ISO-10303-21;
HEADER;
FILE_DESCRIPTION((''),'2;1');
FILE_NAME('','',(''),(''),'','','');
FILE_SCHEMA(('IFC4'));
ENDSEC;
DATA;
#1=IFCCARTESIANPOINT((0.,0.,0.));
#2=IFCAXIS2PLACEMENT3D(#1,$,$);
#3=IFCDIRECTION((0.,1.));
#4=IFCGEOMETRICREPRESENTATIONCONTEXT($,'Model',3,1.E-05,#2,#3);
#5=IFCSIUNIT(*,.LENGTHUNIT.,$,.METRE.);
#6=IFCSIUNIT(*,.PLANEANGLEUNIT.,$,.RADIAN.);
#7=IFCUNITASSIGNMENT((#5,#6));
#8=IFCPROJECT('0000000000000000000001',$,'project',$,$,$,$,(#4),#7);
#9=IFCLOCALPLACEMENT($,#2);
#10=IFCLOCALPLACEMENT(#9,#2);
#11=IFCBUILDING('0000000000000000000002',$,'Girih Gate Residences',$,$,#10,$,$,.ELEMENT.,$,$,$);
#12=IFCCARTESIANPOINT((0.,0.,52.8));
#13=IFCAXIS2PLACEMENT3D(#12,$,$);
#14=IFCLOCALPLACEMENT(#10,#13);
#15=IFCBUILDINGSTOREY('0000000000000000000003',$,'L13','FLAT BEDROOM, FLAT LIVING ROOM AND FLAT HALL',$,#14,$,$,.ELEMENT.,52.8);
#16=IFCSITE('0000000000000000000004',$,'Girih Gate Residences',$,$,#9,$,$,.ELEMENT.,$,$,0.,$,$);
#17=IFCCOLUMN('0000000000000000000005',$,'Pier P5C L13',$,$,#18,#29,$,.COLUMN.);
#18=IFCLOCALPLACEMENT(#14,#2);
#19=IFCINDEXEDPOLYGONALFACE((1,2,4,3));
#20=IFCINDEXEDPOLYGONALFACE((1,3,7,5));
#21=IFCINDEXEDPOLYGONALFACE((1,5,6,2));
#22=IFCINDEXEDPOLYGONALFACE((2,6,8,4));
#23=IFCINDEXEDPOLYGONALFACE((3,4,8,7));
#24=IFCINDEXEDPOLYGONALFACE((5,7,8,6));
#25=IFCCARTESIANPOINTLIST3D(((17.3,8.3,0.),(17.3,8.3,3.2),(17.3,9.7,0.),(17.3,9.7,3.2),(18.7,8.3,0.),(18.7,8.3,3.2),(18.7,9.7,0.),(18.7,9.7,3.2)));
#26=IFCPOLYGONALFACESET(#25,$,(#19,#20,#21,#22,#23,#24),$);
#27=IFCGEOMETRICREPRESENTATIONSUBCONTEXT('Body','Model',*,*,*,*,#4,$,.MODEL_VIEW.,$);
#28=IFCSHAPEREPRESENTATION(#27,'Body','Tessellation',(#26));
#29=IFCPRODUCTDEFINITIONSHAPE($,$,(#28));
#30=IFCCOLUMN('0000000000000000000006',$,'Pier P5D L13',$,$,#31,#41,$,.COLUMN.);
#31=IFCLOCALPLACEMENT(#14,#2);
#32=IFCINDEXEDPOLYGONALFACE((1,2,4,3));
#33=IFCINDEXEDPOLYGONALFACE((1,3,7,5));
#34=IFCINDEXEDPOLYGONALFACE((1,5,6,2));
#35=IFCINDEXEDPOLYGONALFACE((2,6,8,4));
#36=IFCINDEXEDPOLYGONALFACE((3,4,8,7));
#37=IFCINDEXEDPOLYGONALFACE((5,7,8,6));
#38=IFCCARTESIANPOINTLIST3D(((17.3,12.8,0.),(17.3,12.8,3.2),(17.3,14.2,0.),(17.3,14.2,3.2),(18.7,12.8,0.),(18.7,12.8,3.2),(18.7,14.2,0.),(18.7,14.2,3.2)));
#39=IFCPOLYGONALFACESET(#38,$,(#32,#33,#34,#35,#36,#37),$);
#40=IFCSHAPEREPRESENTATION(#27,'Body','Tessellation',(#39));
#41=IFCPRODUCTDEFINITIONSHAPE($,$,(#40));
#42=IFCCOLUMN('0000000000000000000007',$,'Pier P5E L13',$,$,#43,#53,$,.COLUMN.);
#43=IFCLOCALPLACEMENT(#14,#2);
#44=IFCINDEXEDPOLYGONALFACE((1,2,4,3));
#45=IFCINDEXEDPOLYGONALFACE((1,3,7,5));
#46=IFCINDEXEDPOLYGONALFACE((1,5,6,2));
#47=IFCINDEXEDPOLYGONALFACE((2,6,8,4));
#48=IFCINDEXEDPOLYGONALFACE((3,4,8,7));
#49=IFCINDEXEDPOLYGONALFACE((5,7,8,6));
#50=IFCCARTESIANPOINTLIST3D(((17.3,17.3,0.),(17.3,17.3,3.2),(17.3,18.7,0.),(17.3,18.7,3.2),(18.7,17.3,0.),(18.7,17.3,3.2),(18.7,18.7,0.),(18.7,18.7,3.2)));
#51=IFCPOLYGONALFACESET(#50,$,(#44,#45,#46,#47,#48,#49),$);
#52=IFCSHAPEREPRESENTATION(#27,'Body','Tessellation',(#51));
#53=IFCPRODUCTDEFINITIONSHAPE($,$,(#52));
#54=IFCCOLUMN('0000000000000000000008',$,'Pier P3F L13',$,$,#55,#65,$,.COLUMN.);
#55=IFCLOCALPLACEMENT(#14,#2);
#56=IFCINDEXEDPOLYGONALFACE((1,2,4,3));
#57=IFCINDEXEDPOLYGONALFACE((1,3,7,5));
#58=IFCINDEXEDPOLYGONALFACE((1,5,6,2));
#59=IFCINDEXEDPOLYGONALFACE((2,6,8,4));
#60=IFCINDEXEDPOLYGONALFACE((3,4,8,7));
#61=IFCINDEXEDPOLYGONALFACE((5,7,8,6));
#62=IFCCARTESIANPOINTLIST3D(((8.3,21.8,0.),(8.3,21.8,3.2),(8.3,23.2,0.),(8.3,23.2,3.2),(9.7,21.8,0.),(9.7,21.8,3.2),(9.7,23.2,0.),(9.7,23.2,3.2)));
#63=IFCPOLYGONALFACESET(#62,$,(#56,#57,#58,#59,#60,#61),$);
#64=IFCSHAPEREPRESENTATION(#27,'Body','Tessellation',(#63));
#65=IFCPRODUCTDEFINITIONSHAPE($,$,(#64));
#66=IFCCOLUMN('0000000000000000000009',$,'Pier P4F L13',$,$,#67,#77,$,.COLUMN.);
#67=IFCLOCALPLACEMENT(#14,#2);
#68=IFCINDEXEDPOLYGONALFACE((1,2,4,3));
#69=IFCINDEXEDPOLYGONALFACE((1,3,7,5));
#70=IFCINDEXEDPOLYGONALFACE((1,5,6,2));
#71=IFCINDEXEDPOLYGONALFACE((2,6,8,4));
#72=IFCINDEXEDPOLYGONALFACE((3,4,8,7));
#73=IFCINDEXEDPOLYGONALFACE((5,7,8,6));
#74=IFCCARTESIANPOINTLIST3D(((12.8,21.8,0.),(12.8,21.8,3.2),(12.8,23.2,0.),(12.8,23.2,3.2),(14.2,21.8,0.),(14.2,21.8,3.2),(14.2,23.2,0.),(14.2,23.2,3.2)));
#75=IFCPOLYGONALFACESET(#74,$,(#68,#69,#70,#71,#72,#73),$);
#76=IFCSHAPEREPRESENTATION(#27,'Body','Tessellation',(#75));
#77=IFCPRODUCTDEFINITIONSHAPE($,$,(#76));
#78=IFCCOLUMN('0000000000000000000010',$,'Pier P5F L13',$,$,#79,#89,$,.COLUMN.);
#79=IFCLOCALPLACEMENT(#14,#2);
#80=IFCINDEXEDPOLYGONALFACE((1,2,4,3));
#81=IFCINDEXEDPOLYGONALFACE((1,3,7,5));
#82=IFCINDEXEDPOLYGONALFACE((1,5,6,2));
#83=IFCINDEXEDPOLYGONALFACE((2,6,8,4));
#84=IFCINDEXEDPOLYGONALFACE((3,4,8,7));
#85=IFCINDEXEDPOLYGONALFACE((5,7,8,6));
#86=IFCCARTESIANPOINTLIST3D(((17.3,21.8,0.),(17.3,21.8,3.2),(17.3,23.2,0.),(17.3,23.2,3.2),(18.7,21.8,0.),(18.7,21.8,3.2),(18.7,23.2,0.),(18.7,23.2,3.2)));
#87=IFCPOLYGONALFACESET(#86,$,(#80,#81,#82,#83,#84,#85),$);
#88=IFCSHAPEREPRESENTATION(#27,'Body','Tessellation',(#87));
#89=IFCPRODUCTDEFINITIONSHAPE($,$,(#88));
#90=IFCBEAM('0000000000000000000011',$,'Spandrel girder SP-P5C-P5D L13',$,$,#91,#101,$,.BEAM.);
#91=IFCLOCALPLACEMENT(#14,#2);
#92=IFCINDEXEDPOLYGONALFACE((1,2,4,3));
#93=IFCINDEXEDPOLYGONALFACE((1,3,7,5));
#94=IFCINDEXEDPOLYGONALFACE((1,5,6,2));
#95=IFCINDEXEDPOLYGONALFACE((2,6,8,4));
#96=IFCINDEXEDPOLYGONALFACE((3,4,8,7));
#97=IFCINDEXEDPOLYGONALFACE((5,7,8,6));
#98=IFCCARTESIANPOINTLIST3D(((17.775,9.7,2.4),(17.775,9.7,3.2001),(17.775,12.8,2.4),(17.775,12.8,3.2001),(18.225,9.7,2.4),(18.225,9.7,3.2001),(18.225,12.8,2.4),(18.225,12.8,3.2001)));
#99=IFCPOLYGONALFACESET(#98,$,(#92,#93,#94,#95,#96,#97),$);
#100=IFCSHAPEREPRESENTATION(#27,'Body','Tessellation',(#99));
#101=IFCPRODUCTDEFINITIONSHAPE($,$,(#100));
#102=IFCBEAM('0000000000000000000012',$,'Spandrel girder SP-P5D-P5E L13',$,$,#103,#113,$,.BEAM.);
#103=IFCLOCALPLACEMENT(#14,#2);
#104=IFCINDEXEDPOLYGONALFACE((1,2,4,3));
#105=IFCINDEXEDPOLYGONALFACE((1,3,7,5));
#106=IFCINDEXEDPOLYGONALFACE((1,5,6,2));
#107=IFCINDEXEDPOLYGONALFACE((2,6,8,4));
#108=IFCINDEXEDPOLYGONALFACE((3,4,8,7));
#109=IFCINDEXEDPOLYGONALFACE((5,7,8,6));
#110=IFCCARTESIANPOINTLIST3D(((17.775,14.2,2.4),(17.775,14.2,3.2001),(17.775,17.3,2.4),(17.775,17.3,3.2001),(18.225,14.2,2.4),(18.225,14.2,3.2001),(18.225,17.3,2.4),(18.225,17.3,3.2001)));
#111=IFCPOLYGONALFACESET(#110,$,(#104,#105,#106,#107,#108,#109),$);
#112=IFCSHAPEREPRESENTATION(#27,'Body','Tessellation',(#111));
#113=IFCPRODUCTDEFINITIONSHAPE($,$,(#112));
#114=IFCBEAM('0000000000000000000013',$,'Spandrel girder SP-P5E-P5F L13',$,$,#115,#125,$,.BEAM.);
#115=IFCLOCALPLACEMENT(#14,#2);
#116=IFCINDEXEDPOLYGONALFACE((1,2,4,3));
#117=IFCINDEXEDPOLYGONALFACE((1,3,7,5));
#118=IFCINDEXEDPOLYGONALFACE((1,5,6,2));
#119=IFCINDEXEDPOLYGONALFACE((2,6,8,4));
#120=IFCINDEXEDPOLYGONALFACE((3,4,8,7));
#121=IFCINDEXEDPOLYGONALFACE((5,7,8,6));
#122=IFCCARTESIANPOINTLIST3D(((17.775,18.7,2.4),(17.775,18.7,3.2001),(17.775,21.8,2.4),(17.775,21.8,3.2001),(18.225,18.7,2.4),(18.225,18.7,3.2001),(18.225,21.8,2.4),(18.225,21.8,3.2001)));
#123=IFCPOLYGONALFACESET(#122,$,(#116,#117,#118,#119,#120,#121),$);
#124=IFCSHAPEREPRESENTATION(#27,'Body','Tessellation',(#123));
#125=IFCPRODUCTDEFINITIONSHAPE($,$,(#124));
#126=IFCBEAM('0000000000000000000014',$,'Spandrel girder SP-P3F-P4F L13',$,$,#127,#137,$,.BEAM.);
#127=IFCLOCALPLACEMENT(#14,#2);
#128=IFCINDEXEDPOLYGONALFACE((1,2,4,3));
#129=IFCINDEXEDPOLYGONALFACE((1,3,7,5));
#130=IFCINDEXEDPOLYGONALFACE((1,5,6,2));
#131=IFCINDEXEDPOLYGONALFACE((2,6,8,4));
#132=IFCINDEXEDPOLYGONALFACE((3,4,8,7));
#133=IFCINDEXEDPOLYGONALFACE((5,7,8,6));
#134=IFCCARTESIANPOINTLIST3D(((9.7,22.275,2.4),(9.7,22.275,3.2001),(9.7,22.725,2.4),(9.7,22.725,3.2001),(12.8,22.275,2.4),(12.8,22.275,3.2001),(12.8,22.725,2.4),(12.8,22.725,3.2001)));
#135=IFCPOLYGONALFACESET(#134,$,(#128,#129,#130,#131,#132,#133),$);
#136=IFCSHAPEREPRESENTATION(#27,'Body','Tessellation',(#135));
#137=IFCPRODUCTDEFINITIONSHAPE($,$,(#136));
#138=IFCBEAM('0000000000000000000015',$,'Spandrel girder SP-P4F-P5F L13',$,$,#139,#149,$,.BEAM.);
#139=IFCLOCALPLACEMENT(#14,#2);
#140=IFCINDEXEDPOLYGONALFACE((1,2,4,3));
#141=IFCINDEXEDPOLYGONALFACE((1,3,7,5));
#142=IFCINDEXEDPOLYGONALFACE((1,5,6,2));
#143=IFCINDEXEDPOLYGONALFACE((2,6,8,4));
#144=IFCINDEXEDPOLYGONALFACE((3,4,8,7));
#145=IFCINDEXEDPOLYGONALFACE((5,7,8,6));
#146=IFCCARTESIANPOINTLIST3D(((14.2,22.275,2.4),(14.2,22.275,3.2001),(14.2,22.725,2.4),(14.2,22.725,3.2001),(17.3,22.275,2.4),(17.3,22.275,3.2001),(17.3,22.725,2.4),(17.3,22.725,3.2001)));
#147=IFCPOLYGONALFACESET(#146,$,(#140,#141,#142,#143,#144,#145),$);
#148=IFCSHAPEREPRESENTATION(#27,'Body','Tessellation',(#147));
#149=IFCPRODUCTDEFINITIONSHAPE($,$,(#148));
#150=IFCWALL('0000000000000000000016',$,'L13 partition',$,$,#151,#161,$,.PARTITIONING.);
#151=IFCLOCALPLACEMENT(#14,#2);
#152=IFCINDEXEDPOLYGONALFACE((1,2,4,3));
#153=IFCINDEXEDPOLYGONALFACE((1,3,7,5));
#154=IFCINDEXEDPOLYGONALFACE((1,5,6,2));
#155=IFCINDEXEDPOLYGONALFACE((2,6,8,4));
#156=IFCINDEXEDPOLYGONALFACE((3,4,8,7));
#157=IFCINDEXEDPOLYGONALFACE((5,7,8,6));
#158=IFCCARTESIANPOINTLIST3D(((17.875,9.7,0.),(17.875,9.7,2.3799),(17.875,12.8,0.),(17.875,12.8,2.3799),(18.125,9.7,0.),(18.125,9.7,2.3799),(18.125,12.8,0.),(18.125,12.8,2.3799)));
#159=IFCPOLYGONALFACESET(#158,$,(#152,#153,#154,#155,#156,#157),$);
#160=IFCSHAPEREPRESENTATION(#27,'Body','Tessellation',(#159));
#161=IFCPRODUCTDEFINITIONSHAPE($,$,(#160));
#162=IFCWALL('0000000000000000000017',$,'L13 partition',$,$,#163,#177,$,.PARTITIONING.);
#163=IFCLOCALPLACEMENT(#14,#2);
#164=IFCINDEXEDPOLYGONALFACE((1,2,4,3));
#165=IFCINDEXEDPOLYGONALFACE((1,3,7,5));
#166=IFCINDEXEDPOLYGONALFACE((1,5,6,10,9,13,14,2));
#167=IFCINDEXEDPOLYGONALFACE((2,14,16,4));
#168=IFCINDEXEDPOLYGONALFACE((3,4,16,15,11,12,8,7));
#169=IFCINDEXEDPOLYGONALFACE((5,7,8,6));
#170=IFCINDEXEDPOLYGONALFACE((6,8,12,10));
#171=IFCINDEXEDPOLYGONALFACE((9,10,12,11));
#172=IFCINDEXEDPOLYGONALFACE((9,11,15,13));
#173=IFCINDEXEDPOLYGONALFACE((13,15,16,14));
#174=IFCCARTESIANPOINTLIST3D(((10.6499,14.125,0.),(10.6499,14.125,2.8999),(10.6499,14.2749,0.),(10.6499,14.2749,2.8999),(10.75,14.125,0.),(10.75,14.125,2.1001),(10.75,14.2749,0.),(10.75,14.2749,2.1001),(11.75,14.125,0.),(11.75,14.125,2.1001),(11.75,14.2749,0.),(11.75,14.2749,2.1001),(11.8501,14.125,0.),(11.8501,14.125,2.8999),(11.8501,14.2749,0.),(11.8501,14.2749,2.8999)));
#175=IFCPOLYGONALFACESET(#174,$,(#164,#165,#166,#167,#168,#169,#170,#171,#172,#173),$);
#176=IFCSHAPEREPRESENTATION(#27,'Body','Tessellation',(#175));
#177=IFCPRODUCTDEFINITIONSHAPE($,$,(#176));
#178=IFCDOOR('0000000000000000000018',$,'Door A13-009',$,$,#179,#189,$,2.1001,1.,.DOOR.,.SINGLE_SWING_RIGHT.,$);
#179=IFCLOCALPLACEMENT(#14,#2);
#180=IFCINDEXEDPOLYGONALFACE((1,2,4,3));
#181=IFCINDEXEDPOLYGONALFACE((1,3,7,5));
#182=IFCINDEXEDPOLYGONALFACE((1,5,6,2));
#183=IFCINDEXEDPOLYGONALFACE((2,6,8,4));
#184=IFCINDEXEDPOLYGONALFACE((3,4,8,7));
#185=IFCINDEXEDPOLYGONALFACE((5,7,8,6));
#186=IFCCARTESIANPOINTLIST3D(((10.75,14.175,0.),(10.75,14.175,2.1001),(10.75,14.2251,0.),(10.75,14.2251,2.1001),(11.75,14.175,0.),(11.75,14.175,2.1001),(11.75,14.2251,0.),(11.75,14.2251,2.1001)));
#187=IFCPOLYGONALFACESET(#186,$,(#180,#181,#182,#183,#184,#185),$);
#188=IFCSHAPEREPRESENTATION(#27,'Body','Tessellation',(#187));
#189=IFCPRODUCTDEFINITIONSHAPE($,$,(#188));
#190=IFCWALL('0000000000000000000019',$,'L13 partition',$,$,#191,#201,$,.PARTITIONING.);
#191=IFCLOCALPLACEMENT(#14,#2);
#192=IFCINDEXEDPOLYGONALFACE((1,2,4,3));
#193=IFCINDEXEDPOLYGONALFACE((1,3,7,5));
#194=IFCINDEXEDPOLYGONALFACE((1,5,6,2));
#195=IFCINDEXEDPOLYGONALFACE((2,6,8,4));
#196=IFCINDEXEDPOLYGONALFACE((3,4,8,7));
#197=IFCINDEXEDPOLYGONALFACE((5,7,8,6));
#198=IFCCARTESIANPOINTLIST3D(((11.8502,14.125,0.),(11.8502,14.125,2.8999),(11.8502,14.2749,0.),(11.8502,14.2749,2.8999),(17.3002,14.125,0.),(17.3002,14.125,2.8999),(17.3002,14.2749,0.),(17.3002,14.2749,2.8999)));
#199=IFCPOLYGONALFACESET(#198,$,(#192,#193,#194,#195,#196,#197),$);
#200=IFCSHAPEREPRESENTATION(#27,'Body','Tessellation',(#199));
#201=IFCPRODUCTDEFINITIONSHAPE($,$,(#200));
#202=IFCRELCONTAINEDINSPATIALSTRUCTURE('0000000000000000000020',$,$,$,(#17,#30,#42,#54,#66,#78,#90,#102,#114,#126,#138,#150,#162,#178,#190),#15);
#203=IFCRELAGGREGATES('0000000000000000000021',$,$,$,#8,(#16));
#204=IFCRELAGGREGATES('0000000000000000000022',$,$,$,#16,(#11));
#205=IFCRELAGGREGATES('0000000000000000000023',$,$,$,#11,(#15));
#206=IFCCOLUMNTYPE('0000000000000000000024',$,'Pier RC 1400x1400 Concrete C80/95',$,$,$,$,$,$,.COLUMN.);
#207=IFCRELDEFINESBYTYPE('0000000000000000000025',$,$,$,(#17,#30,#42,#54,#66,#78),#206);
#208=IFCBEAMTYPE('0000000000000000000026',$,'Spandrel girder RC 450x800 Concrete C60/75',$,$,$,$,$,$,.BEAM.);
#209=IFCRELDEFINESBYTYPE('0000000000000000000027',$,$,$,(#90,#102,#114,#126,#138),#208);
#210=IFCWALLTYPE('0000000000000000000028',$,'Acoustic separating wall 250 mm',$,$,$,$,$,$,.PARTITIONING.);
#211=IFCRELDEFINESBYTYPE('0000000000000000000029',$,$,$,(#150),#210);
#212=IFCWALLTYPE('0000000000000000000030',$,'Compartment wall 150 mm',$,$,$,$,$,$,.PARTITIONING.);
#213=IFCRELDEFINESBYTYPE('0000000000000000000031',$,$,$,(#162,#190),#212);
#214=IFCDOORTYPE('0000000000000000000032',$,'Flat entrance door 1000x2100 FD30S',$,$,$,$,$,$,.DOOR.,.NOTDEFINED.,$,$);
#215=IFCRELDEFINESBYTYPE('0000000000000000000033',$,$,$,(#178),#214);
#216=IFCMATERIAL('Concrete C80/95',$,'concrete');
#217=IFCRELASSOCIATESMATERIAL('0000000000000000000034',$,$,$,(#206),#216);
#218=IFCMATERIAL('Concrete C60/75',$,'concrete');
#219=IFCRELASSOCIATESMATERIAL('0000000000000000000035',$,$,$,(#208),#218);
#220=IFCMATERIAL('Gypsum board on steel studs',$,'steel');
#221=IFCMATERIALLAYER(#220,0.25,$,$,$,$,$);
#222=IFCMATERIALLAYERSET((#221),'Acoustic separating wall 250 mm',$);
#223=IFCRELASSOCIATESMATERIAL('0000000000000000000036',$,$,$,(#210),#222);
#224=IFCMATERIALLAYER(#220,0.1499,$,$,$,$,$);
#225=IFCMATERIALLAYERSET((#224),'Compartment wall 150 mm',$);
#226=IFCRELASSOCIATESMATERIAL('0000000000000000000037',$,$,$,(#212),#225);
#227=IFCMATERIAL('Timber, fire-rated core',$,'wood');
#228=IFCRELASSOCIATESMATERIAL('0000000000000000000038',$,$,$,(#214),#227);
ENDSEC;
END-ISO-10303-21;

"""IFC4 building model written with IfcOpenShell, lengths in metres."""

from ifc_helpers import new_model, si_unit, direction, frame, frame_2d, origin, origin_2d, place, context, subcontext, project, spatial, rectangle, extrude, material, layer, layer_set, material_profile, profile_set, type_object, element, fill, save


model = new_model("IFC4")

# Units and contexts
model_context = context("Model", 3, precision=1e-05, world=origin(), true_north=direction((0.0, 1.0)))
body_context = subcontext(model_context, "Body", "Model", "MODEL_VIEW")
ifc_project = project(units=[si_unit("LENGTHUNIT", "METRE"), si_unit("PLANEANGLEUNIT", "RADIAN")], contexts=[model_context])

# Site, building, storey
site_placement = place(None, origin())
site = spatial("IfcSite", under=ifc_project, at=site_placement, Name="Girih Gate Residences", CompositionType="ELEMENT", RefElevation=0.0)
building_placement = place(site_placement, origin())
building = spatial("IfcBuilding", under=site, at=building_placement, Name="Girih Gate Residences", CompositionType="ELEMENT")
storey_placement = place(building_placement, frame((0.0, 0.0, 52.8)))
storey = spatial("IfcBuildingStorey", under=building, at=storey_placement, Name="L13", Description="FLAT BEDROOM, FLAT LIVING ROOM AND FLAT HALL", CompositionType="ELEMENT", Elevation=52.8)

# Columns
ifc_material_1 = material(Name="Concrete C80/95", Category="concrete")
ifc_material_profile_1 = material_profile(ifc_material_1, rectangle(XDim=1.3999, YDim=1.3999, at=origin_2d()))
ifc_profile_set_1 = profile_set([ifc_material_profile_1], Name="Concrete C80/95")
column_type = type_object("IfcColumnType", Name="Pier RC 1400x1400 Concrete C80/95", PredefinedType="COLUMN", material=ifc_profile_set_1)
for number, where, z_axis, x_axis, name in (
    (1, (18.0, 9.0, 0.0), (0.0, 0.0, 1.0), (1.0, 0.0, 0.0), "Pier P5C L13"),
    (2, (18.0, 13.5, 0.0), (0.0, 0.0, 1.0), (1.0, 0.0, 0.0), "Pier P5D L13"),
    (3, (18.0, 18.0, 0.0), (0.0, 0.0, 1.0), (1.0, 0.0, 0.0), "Pier P5E L13"),
    (4, (9.0, 22.5, 0.0), (0.0, 0.0, 1.0), (1.0, 0.0, 0.0), "Pier P3F L13"),
    (5, (13.5, 22.5, 0.0), (0.0, 0.0, 1.0), (1.0, 0.0, 0.0), "Pier P4F L13"),
    (6, (18.0, 22.5, 0.0), (0.0, 0.0, 1.0), (1.0, 0.0, 0.0), "Pier P5F L13"),
):
    element("IfcColumn", number, at=place(storey_placement, frame(where, z_axis=z_axis, x_axis=x_axis)), inside=storey, type_object=column_type, Name=name, PredefinedType="COLUMN", context=body_context, shape_type="SweptSolid", body=[
        extrude(rectangle(XDim=1.3999, YDim=1.3999, at=origin_2d()), origin(), (0.0, 0.0, 1.0), 3.2),
    ])

# Beams
ifc_material_2 = material(Name="Concrete C60/75", Category="concrete")
ifc_material_profile_2 = material_profile(ifc_material_2, rectangle(XDim=0.45, YDim=0.8, at=origin_2d()))
ifc_profile_set_2 = profile_set([ifc_material_profile_2], Name="Concrete C60/75")
beam_type = type_object("IfcBeamType", Name="Spandrel girder RC 450x800 Concrete C60/75", PredefinedType="BEAM", material=ifc_profile_set_2)
for number, where, z_axis, x_axis, name in (
    (7, (18.0, 9.7, 2.8), (0.0, 1.0, 0.0), (-1.0, 0.0, 0.0), "Spandrel girder SP-P5C-P5D L13"),
    (8, (18.0, 14.2, 2.8), (0.0, 1.0, 0.0), (-1.0, 0.0, 0.0), "Spandrel girder SP-P5D-P5E L13"),
    (9, (18.0, 18.7, 2.8), (0.0, 1.0, 0.0), (-1.0, 0.0, 0.0), "Spandrel girder SP-P5E-P5F L13"),
    (10, (9.7, 22.5, 2.8), (1.0, 0.0, 0.0), (0.0, 1.0, 0.0), "Spandrel girder SP-P3F-P4F L13"),
    (11, (14.2, 22.5, 2.8), (1.0, 0.0, 0.0), (0.0, 1.0, 0.0), "Spandrel girder SP-P4F-P5F L13"),
):
    element("IfcBeam", number, at=place(storey_placement, frame(where, z_axis=z_axis, x_axis=x_axis)), inside=storey, type_object=beam_type, Name=name, PredefinedType="BEAM", context=body_context, shape_type="SweptSolid", body=[
        extrude(rectangle(XDim=0.45, YDim=0.8, at=origin_2d()), origin(), (0.0, 0.0, 1.0), 3.1001),
    ])

# Wall
ifc_material_3 = material(Name="Gypsum board on steel studs", Category="steel")
ifc_layer_1 = layer(ifc_material_3, 0.25)
ifc_layer_set_1 = layer_set([ifc_layer_1], Name="Acoustic separating wall 250 mm")
wall_type_1 = type_object("IfcWallType", Name="Acoustic separating wall 250 mm", PredefinedType="PARTITIONING", material=ifc_layer_set_1)
wall_1_placement = place(storey_placement, frame((18.0, 9.7, 0.0), z_axis=(0.0, 0.0, 1.0), x_axis=(0.0, 1.0, 0.0)))
element("IfcWall", 12, at=wall_1_placement, inside=storey, type_object=wall_type_1, Name="L13 partition", PredefinedType="PARTITIONING", context=body_context, shape_type="SweptSolid", body=[
    extrude(rectangle(XDim=3.1001, YDim=0.25, at=frame_2d((1.55, 0.0))), origin(), (0.0, 0.0, 1.0), 2.3799),
])

# Wall, opening, door
ifc_layer_2 = layer(ifc_material_3, 0.1499)
ifc_layer_set_2 = layer_set([ifc_layer_2], Name="Compartment wall 150 mm")
wall_type_2 = type_object("IfcWallType", Name="Compartment wall 150 mm", PredefinedType="PARTITIONING", material=ifc_layer_set_2)
wall_2_placement = place(storey_placement, frame((11.8501, 14.2, 0.0), z_axis=(0.0, 0.0, 1.0), x_axis=(-1.0, 0.0, 0.0)))
wall_2 = element("IfcWall", 13, at=wall_2_placement, inside=storey, type_object=wall_type_2, Name="L13 partition", PredefinedType="PARTITIONING", context=body_context, shape_type="SweptSolid", body=[
    extrude(rectangle(XDim=1.2002, YDim=0.1499, at=frame_2d((0.6001, 0.0))), origin(), (0.0, 0.0, 1.0), 2.8999),
])
opening_1_placement = place(wall_2_placement, frame((0.1001, 0.0, 0.0)))
opening_1 = element("IfcOpeningElement", 14, at=opening_1_placement, cuts=wall_2, PredefinedType="OPENING", context=body_context, shape_type="SweptSolid", body=[
    extrude(rectangle(XDim=1.0, YDim=2.1001, at=frame_2d((0.5, 1.05))), frame((0.0, 0.085, 0.0), z_axis=(0.0, -1.0, 0.0), x_axis=(1.0, 0.0, 0.0)), (0.0, 0.0, 1.0), 0.1699),
])
ifc_material_4 = material(Name="Timber, fire-rated core", Category="wood")
door_type_1 = type_object("IfcDoorType", Name="Flat entrance door 1000x2100 FD30S", OperationType="NOTDEFINED", PredefinedType="DOOR", material=ifc_material_4)
door_1_placement = place(opening_1_placement, origin())
door_1 = element("IfcDoor", 15, at=door_1_placement, inside=storey, type_object=door_type_1, Name="Door A13-009", OperationType="SINGLE_SWING_RIGHT", OverallHeight=2.1001, OverallWidth=1.0, PredefinedType="DOOR", context=body_context, shape_type="SweptSolid", body=[
    extrude(rectangle(XDim=1.0, YDim=2.1001, at=frame_2d((0.5, 1.05))), frame((0.0, 0.0249, 0.0), z_axis=(0.0, -1.0, 0.0), x_axis=(1.0, 0.0, 0.0)), (0.0, 0.0, 1.0), 0.05),
])
fill(opening_1, door_1)

# Wall
wall_3_placement = place(storey_placement, frame((11.8501, 14.2, 0.0), z_axis=(0.0, 0.0, 1.0), x_axis=(1.0, 0.0, 0.0)))
element("IfcWall", 16, at=wall_3_placement, inside=storey, type_object=wall_type_2, Name="L13 partition", PredefinedType="PARTITIONING", context=body_context, shape_type="SweptSolid", body=[
    extrude(rectangle(XDim=5.45, YDim=0.1499, at=frame_2d((2.7251, 0.0))), origin(), (0.0, 0.0, 1.0), 2.8999),
])

save(model, "model.ifc")
